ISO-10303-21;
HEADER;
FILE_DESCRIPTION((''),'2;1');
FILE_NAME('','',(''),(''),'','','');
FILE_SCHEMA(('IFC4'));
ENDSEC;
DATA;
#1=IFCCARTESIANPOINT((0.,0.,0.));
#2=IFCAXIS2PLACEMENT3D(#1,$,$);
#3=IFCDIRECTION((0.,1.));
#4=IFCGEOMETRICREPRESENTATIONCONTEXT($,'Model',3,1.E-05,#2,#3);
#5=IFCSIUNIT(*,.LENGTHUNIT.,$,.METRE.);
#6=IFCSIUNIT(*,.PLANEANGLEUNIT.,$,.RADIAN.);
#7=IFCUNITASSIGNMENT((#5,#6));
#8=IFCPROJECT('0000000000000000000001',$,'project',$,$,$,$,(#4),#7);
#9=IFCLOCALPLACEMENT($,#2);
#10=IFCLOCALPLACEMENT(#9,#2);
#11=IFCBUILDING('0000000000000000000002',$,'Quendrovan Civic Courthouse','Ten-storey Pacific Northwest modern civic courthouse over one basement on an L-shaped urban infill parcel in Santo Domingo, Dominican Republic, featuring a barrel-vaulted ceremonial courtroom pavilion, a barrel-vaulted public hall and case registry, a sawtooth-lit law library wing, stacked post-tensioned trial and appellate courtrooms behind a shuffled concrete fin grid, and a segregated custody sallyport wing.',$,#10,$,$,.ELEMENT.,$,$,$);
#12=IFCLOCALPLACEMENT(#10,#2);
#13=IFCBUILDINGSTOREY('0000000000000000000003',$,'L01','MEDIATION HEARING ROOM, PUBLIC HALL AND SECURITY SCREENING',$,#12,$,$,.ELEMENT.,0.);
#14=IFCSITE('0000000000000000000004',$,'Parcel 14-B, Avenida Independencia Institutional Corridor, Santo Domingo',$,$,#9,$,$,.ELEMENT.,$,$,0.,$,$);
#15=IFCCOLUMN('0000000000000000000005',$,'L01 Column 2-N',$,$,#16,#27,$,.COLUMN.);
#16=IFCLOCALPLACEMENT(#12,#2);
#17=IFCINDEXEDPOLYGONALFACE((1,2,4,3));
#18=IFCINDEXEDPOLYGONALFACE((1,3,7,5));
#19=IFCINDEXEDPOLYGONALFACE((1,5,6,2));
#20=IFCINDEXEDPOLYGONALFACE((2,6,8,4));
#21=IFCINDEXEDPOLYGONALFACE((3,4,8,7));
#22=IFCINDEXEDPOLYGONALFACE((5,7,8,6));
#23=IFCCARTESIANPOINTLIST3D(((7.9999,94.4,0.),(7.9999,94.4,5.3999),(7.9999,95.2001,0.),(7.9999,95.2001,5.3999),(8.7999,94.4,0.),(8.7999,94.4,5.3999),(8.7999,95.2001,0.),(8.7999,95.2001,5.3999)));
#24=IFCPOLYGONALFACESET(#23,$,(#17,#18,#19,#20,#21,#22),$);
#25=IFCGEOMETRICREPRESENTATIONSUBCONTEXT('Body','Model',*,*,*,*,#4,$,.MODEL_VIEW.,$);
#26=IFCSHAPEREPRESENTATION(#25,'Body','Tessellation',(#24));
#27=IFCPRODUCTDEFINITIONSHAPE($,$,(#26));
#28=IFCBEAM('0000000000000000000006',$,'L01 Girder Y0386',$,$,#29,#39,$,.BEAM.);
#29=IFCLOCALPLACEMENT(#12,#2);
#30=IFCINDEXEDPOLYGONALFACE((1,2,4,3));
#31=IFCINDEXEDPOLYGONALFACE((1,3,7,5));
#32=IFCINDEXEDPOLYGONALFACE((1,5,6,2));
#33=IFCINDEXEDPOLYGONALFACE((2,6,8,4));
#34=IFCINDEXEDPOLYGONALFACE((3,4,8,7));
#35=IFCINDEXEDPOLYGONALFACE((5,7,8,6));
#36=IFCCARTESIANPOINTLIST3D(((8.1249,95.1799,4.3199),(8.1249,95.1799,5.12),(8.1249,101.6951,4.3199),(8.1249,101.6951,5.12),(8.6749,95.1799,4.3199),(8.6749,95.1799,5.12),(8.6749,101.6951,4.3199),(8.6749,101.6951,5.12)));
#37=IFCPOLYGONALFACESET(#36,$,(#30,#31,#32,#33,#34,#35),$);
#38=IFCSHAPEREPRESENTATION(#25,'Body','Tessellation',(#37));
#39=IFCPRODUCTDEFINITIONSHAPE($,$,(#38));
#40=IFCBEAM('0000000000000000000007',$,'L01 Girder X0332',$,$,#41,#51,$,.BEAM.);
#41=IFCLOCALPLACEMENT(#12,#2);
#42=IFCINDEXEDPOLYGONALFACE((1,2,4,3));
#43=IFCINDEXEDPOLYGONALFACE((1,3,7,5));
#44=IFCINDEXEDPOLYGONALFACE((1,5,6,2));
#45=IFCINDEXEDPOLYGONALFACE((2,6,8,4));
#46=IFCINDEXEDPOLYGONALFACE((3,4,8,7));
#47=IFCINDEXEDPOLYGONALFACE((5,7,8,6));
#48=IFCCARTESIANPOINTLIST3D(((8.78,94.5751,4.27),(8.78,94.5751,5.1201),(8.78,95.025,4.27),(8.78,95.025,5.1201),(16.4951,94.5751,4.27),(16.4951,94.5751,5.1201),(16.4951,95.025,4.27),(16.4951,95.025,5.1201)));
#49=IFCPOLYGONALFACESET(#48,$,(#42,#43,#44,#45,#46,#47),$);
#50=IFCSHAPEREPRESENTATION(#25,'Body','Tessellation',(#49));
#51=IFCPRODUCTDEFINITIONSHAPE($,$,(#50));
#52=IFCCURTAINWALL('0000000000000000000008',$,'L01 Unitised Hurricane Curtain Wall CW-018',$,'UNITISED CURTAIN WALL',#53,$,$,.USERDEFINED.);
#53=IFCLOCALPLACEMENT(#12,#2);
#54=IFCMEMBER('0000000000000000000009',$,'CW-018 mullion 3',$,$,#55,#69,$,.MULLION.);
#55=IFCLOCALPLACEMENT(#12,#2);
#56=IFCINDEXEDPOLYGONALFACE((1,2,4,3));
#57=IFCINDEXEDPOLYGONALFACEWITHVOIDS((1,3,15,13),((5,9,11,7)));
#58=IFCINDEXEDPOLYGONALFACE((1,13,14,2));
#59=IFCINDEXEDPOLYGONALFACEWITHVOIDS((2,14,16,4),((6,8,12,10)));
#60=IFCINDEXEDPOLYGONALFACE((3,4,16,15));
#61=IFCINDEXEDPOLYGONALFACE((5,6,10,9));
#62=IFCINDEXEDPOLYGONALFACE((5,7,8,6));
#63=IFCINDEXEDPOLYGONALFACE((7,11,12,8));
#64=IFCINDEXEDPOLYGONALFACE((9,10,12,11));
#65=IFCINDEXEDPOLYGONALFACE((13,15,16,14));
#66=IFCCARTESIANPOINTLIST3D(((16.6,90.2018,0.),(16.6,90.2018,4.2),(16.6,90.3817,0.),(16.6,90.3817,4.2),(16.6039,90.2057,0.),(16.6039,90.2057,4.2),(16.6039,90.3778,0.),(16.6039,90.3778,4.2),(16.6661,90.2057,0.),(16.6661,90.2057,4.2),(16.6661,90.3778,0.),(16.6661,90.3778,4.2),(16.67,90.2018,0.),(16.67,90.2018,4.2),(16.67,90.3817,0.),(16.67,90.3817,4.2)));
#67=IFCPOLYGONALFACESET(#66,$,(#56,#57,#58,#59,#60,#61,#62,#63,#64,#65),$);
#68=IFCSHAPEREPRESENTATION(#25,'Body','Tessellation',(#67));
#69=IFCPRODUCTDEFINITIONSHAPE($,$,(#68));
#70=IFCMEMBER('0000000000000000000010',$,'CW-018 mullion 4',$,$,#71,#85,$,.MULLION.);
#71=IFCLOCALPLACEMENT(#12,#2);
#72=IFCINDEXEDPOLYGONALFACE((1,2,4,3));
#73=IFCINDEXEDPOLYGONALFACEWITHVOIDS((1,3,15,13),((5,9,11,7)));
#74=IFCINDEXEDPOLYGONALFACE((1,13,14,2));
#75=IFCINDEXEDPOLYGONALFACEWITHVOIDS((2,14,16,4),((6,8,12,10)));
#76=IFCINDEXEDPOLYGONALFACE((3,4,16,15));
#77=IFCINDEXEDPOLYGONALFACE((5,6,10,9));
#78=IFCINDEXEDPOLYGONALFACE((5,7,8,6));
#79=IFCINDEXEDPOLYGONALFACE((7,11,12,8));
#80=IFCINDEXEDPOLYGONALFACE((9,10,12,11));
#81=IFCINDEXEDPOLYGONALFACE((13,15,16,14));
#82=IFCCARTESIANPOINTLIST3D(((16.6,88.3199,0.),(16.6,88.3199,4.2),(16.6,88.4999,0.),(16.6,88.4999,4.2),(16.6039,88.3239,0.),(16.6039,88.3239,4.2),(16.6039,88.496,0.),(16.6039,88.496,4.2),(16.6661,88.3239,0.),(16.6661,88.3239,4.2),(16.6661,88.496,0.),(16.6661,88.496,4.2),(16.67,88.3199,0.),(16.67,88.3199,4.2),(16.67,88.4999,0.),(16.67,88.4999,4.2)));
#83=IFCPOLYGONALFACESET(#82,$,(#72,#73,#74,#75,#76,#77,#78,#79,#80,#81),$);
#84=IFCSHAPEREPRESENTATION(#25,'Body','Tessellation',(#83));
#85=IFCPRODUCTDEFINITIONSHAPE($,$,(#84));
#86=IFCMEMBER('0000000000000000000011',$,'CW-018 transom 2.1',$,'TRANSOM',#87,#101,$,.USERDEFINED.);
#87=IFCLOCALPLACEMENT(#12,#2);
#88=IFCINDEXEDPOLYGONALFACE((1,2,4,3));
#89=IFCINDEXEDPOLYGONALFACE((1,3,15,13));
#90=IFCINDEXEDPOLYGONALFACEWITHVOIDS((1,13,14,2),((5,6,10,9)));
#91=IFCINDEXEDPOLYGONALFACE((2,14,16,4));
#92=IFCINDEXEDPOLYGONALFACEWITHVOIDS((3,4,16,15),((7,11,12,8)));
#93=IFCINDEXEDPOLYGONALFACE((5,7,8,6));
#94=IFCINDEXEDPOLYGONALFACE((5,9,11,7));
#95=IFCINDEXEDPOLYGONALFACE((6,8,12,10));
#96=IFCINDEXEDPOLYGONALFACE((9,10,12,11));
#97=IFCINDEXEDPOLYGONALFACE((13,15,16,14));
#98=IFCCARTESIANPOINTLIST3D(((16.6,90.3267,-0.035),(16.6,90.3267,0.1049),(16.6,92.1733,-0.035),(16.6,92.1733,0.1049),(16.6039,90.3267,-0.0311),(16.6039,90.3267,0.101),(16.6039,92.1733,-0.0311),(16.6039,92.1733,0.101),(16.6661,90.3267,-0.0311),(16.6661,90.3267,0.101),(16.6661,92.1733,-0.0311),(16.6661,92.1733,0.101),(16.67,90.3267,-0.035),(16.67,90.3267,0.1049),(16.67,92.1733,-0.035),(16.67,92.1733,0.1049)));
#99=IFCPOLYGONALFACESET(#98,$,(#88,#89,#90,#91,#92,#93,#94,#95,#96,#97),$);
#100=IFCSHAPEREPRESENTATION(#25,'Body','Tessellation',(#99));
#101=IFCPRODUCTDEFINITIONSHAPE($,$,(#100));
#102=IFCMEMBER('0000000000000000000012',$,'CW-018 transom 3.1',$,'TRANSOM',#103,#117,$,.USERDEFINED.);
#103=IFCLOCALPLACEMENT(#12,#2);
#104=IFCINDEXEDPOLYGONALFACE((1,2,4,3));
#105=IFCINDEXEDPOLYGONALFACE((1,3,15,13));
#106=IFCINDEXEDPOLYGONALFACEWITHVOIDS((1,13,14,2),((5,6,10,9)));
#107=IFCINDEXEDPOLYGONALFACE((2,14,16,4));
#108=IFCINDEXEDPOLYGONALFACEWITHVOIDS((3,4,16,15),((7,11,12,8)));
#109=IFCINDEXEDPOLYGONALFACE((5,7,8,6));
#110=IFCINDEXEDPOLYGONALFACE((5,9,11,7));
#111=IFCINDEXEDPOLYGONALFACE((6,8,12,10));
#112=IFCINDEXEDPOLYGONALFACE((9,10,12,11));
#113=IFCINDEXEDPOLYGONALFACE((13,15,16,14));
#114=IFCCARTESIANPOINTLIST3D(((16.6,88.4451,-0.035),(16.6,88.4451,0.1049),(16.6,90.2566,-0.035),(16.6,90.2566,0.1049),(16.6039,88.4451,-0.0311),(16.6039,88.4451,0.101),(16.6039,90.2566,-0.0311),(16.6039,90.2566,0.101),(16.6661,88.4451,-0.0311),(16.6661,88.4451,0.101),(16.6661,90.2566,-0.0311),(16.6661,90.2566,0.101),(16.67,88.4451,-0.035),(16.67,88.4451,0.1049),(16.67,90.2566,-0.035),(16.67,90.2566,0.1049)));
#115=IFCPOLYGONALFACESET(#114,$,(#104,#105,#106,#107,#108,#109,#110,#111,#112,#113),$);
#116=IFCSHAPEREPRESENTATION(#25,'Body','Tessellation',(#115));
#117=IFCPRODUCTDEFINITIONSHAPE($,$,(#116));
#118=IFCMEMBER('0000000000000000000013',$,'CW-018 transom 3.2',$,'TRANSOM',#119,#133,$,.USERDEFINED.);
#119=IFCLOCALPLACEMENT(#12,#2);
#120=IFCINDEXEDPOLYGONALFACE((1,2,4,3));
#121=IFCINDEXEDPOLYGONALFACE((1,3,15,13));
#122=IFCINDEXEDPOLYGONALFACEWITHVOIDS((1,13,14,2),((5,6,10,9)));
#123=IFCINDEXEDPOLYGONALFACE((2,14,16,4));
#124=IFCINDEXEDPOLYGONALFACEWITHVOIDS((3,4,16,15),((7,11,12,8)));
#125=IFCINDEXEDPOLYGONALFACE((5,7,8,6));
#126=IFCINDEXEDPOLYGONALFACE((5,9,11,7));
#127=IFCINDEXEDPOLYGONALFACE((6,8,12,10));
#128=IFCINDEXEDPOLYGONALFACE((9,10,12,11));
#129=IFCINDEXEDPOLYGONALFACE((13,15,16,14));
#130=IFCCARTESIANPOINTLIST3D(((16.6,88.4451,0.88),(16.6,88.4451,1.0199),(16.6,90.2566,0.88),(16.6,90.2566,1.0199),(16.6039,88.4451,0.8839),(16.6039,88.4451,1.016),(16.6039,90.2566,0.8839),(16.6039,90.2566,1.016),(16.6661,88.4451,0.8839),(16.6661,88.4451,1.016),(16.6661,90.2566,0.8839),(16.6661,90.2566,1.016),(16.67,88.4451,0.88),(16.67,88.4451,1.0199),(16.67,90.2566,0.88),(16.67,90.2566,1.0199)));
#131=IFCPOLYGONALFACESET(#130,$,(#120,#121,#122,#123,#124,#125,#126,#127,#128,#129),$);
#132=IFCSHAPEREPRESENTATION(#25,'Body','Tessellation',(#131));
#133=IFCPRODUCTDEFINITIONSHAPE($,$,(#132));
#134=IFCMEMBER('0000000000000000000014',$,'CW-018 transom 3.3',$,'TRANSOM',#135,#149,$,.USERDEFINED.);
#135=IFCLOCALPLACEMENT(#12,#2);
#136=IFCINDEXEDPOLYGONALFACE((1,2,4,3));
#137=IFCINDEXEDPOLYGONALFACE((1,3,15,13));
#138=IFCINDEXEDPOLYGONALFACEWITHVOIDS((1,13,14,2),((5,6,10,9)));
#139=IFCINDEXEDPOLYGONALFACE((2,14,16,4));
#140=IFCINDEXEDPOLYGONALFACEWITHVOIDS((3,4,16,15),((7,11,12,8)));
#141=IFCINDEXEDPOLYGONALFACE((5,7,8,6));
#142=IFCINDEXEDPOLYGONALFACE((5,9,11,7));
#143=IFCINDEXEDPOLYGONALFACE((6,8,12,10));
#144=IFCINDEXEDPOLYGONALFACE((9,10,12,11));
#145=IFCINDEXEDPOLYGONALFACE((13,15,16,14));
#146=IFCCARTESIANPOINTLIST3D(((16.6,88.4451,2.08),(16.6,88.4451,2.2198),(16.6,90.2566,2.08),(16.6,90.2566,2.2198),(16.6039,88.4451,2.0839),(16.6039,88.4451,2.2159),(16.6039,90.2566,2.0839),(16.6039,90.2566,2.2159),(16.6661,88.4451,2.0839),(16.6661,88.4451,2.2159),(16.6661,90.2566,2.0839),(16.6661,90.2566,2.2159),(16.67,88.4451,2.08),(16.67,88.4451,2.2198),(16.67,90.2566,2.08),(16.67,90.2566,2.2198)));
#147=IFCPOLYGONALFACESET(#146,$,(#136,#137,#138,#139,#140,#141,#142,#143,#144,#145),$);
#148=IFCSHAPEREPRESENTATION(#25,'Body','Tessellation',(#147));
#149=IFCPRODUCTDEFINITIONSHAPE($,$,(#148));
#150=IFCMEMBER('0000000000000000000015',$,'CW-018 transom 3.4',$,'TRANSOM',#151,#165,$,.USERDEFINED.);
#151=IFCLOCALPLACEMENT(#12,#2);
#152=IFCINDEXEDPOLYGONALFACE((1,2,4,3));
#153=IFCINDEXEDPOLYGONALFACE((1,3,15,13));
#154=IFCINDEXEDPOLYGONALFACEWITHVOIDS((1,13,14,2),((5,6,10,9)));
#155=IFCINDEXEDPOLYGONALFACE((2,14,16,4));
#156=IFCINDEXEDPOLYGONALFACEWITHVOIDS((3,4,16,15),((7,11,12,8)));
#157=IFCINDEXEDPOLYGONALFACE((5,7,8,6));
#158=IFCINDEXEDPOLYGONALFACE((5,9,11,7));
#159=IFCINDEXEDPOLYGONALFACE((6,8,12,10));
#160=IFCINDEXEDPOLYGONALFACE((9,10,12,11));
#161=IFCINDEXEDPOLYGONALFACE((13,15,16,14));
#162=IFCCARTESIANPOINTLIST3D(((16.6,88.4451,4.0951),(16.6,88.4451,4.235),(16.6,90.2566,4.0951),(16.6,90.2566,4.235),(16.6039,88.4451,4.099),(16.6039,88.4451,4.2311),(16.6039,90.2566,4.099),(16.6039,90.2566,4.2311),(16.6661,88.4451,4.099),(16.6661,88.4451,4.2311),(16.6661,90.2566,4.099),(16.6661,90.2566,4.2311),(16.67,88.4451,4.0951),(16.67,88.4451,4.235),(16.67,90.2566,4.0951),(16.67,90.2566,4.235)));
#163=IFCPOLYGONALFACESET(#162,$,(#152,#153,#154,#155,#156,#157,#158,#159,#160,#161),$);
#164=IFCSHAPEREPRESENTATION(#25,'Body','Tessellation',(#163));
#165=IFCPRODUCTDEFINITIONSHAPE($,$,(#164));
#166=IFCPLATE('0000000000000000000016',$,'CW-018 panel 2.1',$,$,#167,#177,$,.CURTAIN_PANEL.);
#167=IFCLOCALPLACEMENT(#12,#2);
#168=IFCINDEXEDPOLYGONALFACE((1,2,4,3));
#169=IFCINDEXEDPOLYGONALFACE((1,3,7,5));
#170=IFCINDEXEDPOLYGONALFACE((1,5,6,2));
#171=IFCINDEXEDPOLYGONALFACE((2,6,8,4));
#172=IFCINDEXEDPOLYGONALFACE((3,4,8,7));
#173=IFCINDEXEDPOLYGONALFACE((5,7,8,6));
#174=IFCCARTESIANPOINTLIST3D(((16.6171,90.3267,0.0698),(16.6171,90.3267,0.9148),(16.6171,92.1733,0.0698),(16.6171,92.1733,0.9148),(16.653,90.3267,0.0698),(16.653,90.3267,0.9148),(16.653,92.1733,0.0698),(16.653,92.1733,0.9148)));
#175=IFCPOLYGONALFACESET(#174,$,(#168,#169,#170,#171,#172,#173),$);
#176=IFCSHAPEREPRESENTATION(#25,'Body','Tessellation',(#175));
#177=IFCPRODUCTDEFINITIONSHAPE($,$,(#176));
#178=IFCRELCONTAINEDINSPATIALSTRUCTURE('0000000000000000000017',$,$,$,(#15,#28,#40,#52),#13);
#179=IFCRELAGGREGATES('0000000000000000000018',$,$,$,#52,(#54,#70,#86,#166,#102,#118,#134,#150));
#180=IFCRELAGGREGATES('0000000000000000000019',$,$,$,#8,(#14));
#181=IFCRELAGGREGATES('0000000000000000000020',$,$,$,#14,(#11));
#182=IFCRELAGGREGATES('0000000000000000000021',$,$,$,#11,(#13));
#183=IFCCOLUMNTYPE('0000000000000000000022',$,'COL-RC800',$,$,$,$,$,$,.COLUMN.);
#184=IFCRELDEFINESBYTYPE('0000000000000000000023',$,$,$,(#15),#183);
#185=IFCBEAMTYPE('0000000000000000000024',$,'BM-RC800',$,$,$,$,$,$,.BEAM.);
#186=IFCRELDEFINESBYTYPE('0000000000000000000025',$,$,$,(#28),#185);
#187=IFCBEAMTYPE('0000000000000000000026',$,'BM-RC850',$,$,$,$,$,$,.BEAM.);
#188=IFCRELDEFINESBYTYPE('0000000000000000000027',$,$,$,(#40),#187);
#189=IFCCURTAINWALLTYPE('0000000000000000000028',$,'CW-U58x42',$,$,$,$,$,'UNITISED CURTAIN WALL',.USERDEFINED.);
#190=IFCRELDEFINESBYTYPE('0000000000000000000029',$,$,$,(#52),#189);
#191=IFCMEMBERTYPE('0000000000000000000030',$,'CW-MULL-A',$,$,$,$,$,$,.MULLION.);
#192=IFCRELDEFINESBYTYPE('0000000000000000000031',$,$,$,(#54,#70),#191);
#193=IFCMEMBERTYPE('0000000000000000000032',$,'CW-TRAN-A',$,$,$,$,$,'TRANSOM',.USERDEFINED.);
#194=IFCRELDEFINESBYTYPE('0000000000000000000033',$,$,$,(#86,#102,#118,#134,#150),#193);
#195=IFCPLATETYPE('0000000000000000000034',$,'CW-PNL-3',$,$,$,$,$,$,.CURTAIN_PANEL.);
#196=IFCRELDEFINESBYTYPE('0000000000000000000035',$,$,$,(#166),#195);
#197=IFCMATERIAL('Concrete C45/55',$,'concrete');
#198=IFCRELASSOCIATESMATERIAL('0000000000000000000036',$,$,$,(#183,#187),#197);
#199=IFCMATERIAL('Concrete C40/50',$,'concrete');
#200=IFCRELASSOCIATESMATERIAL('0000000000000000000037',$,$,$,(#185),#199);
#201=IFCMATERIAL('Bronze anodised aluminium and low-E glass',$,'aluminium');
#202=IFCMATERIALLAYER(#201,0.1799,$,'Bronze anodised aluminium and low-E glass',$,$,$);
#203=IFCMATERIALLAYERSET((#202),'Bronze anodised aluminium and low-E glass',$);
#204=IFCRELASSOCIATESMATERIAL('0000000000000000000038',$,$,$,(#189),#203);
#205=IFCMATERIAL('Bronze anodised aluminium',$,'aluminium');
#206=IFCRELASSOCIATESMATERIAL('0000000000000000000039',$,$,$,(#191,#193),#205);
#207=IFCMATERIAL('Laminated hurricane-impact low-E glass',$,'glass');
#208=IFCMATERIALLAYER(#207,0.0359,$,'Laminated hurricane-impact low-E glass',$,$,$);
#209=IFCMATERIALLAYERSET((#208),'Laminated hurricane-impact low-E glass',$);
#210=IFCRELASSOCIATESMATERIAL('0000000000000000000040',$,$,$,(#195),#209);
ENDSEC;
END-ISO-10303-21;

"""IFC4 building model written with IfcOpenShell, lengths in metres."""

from ifc_helpers import new_model, si_unit, direction, frame, origin, origin_2d, place, context, subcontext, project, spatial, rectangle, hollow_rectangle, extrude, material, layer, layer_set, material_profile, profile_set, type_object, element, aggregate, save


model = new_model("IFC4")

# Units and contexts
model_context = context("Model", 3, precision=1e-05, world=origin(), true_north=direction((0.0, 1.0)))
body_context = subcontext(model_context, "Body", "Model", "MODEL_VIEW")
ifc_project = project(units=[si_unit("LENGTHUNIT", "METRE"), si_unit("PLANEANGLEUNIT", "RADIAN")], contexts=[model_context])

# Site, building, storey
site_placement = place(None, origin())
site = spatial("IfcSite", under=ifc_project, at=site_placement, Name="Parcel 14-B, Avenida Independencia Institutional Corridor, Santo Domingo", CompositionType="ELEMENT", RefElevation=0.0)
building_placement = place(site_placement, origin())
building = spatial("IfcBuilding", under=site, at=building_placement, Name="Quendrovan Civic Courthouse", Description="Ten-storey Pacific Northwest modern civic courthouse over one basement on an L-shaped urban infill parcel in Santo Domingo, Dominican Republic, featuring a barrel-vaulted ceremonial courtroom pavilion, a barrel-vaulted public hall and case registry, a sawtooth-lit law library wing, stacked post-tensioned trial and appellate courtrooms behind a shuffled concrete fin grid, and a segregated custody sallyport wing.", CompositionType="ELEMENT")
storey_placement = place(building_placement, origin())
storey = spatial("IfcBuildingStorey", under=building, at=storey_placement, Name="L01", Description="MEDIATION HEARING ROOM, PUBLIC HALL AND SECURITY SCREENING", CompositionType="ELEMENT", Elevation=0.0)

# Column
ifc_material_1 = material(Name="Concrete C45/55", Category="concrete")
ifc_material_profile_1 = material_profile(ifc_material_1, rectangle(XDim=0.8, YDim=0.8, at=origin_2d()), Name="RC-COL-800x800")
ifc_profile_set_1 = profile_set([ifc_material_profile_1], Name="Concrete C45/55")
column_type = type_object("IfcColumnType", Name="COL-RC800", PredefinedType="COLUMN", material=ifc_profile_set_1)
column_placement = place(storey_placement, frame((8.3999, 94.8, 0.0), z_axis=(0.0, 0.0, 1.0), x_axis=(1.0, 0.0, 0.0)))
element("IfcColumn", 1, at=column_placement, inside=storey, type_object=column_type, Name="L01 Column 2-N", PredefinedType="COLUMN", context=body_context, shape_type="SweptSolid", body=[
    extrude(rectangle(XDim=0.8, YDim=0.8, at=origin_2d()), origin(), (0.0, 0.0, 1.0), 5.3999),
])

# Beams
ifc_material_2 = material(Name="Concrete C40/50", Category="concrete")
ifc_material_profile_2 = material_profile(ifc_material_2, rectangle(XDim=0.55, YDim=0.8, at=origin_2d()), Name="RC-BM-550x800")
ifc_profile_set_2 = profile_set([ifc_material_profile_2], Name="Concrete C40/50")
beam_type_1 = type_object("IfcBeamType", Name="BM-RC800", PredefinedType="BEAM", material=ifc_profile_set_2)
beam_1_placement = place(storey_placement, frame((8.3999, 95.1799, 4.72), z_axis=(0.0, 1.0, 0.0), x_axis=(-1.0, 0.0, 0.0)))
element("IfcBeam", 2, at=beam_1_placement, inside=storey, type_object=beam_type_1, Name="L01 Girder Y0386", PredefinedType="BEAM", context=body_context, shape_type="SweptSolid", body=[
    extrude(rectangle(XDim=0.55, YDim=0.8, at=origin_2d()), origin(), (0.0, 0.0, 1.0), 6.5151),
])
ifc_material_profile_3 = material_profile(ifc_material_1, rectangle(XDim=0.45, YDim=0.8501, at=origin_2d()), Name="RC-BM-450x850")
ifc_profile_set_3 = profile_set([ifc_material_profile_3], Name="Concrete C45/55")
beam_type_2 = type_object("IfcBeamType", Name="BM-RC850", PredefinedType="BEAM", material=ifc_profile_set_3)
beam_2_placement = place(storey_placement, frame((8.78, 94.8, 4.6951), z_axis=(1.0, 0.0, 0.0), x_axis=(0.0, 1.0, 0.0)))
element("IfcBeam", 3, at=beam_2_placement, inside=storey, type_object=beam_type_2, Name="L01 Girder X0332", PredefinedType="BEAM", context=body_context, shape_type="SweptSolid", body=[
    extrude(rectangle(XDim=0.45, YDim=0.8501, at=origin_2d()), origin(), (0.0, 0.0, 1.0), 7.7151),
])

# Curtain wall, members, plate
ifc_material_3 = material(Name="Bronze anodised aluminium and low-E glass", Category="aluminium")
ifc_layer_1 = layer(ifc_material_3, 0.1799, Name="Bronze anodised aluminium and low-E glass")
ifc_layer_set_1 = layer_set([ifc_layer_1], Name="Bronze anodised aluminium and low-E glass")
curtain_wall_type = type_object("IfcCurtainWallType", Name="CW-U58x42", ElementType="UNITISED CURTAIN WALL", PredefinedType="USERDEFINED", material=ifc_layer_set_1)
curtain_wall_placement = place(storey_placement, origin())
curtain_wall = element("IfcCurtainWall", 4, at=curtain_wall_placement, inside=storey, type_object=curtain_wall_type, Name="L01 Unitised Hurricane Curtain Wall CW-018", ObjectType="UNITISED CURTAIN WALL", PredefinedType="USERDEFINED")
ifc_material_4 = material(Name="Bronze anodised aluminium", Category="aluminium")
ifc_material_profile_4 = material_profile(ifc_material_4, hollow_rectangle(XDim=0.0701, YDim=0.1799, WallThickness=0.0039, at=origin_2d()), Name="CW-MULL-70x180")
ifc_profile_set_4 = profile_set([ifc_material_profile_4], Name="Bronze anodised aluminium")
member_type_1 = type_object("IfcMemberType", Name="CW-MULL-A", PredefinedType="MULLION", material=ifc_profile_set_4)
member_1_placement = place(storey_placement, frame((16.635, 90.2917, 0.0), z_axis=(0.0, 0.0, 1.0), x_axis=(1.0, 0.0, 0.0)))
member_1 = element("IfcMember", 5, at=member_1_placement, type_object=member_type_1, Name="CW-018 mullion 3", PredefinedType="MULLION", context=body_context, shape_type="SweptSolid", body=[
    extrude(hollow_rectangle(XDim=0.0701, YDim=0.1799, WallThickness=0.0039, at=origin_2d()), origin(), (0.0, 0.0, 1.0), 4.2),
])
member_2_placement = place(storey_placement, frame((16.635, 88.4099, 0.0), z_axis=(0.0, 0.0, 1.0), x_axis=(1.0, 0.0, 0.0)))
member_2 = element("IfcMember", 6, at=member_2_placement, type_object=member_type_1, Name="CW-018 mullion 4", PredefinedType="MULLION", context=body_context, shape_type="SweptSolid", body=[
    extrude(hollow_rectangle(XDim=0.0701, YDim=0.1799, WallThickness=0.0039, at=origin_2d()), origin(), (0.0, 0.0, 1.0), 4.2),
])
ifc_material_profile_5 = material_profile(ifc_material_4, hollow_rectangle(XDim=0.0701, YDim=0.1399, WallThickness=0.0039, at=origin_2d()), Name="CW-TRAN-70x140")
ifc_profile_set_5 = profile_set([ifc_material_profile_5], Name="Bronze anodised aluminium")
member_type_2 = type_object("IfcMemberType", Name="CW-TRAN-A", ElementType="TRANSOM", PredefinedType="USERDEFINED", material=ifc_profile_set_5)
member_3_placement = place(storey_placement, frame((16.635, 92.1733, 0.0349), z_axis=(0.0, -1.0, 0.0), x_axis=(1.0, 0.0, 0.0)))
member_3 = element("IfcMember", 7, at=member_3_placement, type_object=member_type_2, Name="CW-018 transom 2.1", ObjectType="TRANSOM", PredefinedType="USERDEFINED", context=body_context, shape_type="SweptSolid", body=[
    extrude(hollow_rectangle(XDim=0.0701, YDim=0.1399, WallThickness=0.0039, at=origin_2d()), origin(), (0.0, 0.0, 1.0), 1.8467),
])
member_4_placement = place(storey_placement, frame((16.635, 90.2566, 0.0349), z_axis=(0.0, -1.0, 0.0), x_axis=(1.0, 0.0, 0.0)))
member_4 = element("IfcMember", 8, at=member_4_placement, type_object=member_type_2, Name="CW-018 transom 3.1", ObjectType="TRANSOM", PredefinedType="USERDEFINED", context=body_context, shape_type="SweptSolid", body=[
    extrude(hollow_rectangle(XDim=0.0701, YDim=0.1399, WallThickness=0.0039, at=origin_2d()), origin(), (0.0, 0.0, 1.0), 1.8115),
])
member_5_placement = place(storey_placement, frame((16.635, 90.2566, 0.95), z_axis=(0.0, -1.0, 0.0), x_axis=(1.0, 0.0, 0.0)))
member_5 = element("IfcMember", 9, at=member_5_placement, type_object=member_type_2, Name="CW-018 transom 3.2", ObjectType="TRANSOM", PredefinedType="USERDEFINED", context=body_context, shape_type="SweptSolid", body=[
    extrude(hollow_rectangle(XDim=0.0701, YDim=0.1399, WallThickness=0.0039, at=origin_2d()), origin(), (0.0, 0.0, 1.0), 1.8115),
])
member_6_placement = place(storey_placement, frame((16.635, 90.2566, 2.1499), z_axis=(0.0, -1.0, 0.0), x_axis=(1.0, 0.0, 0.0)))
member_6 = element("IfcMember", 10, at=member_6_placement, type_object=member_type_2, Name="CW-018 transom 3.3", ObjectType="TRANSOM", PredefinedType="USERDEFINED", context=body_context, shape_type="SweptSolid", body=[
    extrude(hollow_rectangle(XDim=0.0701, YDim=0.1399, WallThickness=0.0039, at=origin_2d()), origin(), (0.0, 0.0, 1.0), 1.8115),
])
member_7_placement = place(storey_placement, frame((16.635, 90.2566, 4.165), z_axis=(0.0, -1.0, 0.0), x_axis=(1.0, 0.0, 0.0)))
member_7 = element("IfcMember", 11, at=member_7_placement, type_object=member_type_2, Name="CW-018 transom 3.4", ObjectType="TRANSOM", PredefinedType="USERDEFINED", context=body_context, shape_type="SweptSolid", body=[
    extrude(hollow_rectangle(XDim=0.0701, YDim=0.1399, WallThickness=0.0039, at=origin_2d()), origin(), (0.0, 0.0, 1.0), 1.8115),
])
ifc_material_5 = material(Name="Laminated hurricane-impact low-E glass", Category="glass")
ifc_layer_2 = layer(ifc_material_5, 0.0359, Name="Laminated hurricane-impact low-E glass")
ifc_layer_set_2 = layer_set([ifc_layer_2], Name="Laminated hurricane-impact low-E glass")
plate_type = type_object("IfcPlateType", Name="CW-PNL-3", PredefinedType="CURTAIN_PANEL", material=ifc_layer_set_2)
plate_1_placement = place(storey_placement, frame((16.635, 91.25, 0.0698), z_axis=(0.0, 0.0, 1.0), x_axis=(0.0, -1.0, 0.0)))
plate_1 = element("IfcPlate", 12, at=plate_1_placement, type_object=plate_type, Name="CW-018 panel 2.1", PredefinedType="CURTAIN_PANEL", context=body_context, shape_type="SweptSolid", body=[
    extrude(rectangle(XDim=1.8467, YDim=0.0359, at=origin_2d()), origin(), (0.0, 0.0, 1.0), 0.845),
])
aggregate(curtain_wall, [member_1, member_2, member_3, plate_1, member_4, member_5, member_6, member_7])

save(model, "model.ifc")
